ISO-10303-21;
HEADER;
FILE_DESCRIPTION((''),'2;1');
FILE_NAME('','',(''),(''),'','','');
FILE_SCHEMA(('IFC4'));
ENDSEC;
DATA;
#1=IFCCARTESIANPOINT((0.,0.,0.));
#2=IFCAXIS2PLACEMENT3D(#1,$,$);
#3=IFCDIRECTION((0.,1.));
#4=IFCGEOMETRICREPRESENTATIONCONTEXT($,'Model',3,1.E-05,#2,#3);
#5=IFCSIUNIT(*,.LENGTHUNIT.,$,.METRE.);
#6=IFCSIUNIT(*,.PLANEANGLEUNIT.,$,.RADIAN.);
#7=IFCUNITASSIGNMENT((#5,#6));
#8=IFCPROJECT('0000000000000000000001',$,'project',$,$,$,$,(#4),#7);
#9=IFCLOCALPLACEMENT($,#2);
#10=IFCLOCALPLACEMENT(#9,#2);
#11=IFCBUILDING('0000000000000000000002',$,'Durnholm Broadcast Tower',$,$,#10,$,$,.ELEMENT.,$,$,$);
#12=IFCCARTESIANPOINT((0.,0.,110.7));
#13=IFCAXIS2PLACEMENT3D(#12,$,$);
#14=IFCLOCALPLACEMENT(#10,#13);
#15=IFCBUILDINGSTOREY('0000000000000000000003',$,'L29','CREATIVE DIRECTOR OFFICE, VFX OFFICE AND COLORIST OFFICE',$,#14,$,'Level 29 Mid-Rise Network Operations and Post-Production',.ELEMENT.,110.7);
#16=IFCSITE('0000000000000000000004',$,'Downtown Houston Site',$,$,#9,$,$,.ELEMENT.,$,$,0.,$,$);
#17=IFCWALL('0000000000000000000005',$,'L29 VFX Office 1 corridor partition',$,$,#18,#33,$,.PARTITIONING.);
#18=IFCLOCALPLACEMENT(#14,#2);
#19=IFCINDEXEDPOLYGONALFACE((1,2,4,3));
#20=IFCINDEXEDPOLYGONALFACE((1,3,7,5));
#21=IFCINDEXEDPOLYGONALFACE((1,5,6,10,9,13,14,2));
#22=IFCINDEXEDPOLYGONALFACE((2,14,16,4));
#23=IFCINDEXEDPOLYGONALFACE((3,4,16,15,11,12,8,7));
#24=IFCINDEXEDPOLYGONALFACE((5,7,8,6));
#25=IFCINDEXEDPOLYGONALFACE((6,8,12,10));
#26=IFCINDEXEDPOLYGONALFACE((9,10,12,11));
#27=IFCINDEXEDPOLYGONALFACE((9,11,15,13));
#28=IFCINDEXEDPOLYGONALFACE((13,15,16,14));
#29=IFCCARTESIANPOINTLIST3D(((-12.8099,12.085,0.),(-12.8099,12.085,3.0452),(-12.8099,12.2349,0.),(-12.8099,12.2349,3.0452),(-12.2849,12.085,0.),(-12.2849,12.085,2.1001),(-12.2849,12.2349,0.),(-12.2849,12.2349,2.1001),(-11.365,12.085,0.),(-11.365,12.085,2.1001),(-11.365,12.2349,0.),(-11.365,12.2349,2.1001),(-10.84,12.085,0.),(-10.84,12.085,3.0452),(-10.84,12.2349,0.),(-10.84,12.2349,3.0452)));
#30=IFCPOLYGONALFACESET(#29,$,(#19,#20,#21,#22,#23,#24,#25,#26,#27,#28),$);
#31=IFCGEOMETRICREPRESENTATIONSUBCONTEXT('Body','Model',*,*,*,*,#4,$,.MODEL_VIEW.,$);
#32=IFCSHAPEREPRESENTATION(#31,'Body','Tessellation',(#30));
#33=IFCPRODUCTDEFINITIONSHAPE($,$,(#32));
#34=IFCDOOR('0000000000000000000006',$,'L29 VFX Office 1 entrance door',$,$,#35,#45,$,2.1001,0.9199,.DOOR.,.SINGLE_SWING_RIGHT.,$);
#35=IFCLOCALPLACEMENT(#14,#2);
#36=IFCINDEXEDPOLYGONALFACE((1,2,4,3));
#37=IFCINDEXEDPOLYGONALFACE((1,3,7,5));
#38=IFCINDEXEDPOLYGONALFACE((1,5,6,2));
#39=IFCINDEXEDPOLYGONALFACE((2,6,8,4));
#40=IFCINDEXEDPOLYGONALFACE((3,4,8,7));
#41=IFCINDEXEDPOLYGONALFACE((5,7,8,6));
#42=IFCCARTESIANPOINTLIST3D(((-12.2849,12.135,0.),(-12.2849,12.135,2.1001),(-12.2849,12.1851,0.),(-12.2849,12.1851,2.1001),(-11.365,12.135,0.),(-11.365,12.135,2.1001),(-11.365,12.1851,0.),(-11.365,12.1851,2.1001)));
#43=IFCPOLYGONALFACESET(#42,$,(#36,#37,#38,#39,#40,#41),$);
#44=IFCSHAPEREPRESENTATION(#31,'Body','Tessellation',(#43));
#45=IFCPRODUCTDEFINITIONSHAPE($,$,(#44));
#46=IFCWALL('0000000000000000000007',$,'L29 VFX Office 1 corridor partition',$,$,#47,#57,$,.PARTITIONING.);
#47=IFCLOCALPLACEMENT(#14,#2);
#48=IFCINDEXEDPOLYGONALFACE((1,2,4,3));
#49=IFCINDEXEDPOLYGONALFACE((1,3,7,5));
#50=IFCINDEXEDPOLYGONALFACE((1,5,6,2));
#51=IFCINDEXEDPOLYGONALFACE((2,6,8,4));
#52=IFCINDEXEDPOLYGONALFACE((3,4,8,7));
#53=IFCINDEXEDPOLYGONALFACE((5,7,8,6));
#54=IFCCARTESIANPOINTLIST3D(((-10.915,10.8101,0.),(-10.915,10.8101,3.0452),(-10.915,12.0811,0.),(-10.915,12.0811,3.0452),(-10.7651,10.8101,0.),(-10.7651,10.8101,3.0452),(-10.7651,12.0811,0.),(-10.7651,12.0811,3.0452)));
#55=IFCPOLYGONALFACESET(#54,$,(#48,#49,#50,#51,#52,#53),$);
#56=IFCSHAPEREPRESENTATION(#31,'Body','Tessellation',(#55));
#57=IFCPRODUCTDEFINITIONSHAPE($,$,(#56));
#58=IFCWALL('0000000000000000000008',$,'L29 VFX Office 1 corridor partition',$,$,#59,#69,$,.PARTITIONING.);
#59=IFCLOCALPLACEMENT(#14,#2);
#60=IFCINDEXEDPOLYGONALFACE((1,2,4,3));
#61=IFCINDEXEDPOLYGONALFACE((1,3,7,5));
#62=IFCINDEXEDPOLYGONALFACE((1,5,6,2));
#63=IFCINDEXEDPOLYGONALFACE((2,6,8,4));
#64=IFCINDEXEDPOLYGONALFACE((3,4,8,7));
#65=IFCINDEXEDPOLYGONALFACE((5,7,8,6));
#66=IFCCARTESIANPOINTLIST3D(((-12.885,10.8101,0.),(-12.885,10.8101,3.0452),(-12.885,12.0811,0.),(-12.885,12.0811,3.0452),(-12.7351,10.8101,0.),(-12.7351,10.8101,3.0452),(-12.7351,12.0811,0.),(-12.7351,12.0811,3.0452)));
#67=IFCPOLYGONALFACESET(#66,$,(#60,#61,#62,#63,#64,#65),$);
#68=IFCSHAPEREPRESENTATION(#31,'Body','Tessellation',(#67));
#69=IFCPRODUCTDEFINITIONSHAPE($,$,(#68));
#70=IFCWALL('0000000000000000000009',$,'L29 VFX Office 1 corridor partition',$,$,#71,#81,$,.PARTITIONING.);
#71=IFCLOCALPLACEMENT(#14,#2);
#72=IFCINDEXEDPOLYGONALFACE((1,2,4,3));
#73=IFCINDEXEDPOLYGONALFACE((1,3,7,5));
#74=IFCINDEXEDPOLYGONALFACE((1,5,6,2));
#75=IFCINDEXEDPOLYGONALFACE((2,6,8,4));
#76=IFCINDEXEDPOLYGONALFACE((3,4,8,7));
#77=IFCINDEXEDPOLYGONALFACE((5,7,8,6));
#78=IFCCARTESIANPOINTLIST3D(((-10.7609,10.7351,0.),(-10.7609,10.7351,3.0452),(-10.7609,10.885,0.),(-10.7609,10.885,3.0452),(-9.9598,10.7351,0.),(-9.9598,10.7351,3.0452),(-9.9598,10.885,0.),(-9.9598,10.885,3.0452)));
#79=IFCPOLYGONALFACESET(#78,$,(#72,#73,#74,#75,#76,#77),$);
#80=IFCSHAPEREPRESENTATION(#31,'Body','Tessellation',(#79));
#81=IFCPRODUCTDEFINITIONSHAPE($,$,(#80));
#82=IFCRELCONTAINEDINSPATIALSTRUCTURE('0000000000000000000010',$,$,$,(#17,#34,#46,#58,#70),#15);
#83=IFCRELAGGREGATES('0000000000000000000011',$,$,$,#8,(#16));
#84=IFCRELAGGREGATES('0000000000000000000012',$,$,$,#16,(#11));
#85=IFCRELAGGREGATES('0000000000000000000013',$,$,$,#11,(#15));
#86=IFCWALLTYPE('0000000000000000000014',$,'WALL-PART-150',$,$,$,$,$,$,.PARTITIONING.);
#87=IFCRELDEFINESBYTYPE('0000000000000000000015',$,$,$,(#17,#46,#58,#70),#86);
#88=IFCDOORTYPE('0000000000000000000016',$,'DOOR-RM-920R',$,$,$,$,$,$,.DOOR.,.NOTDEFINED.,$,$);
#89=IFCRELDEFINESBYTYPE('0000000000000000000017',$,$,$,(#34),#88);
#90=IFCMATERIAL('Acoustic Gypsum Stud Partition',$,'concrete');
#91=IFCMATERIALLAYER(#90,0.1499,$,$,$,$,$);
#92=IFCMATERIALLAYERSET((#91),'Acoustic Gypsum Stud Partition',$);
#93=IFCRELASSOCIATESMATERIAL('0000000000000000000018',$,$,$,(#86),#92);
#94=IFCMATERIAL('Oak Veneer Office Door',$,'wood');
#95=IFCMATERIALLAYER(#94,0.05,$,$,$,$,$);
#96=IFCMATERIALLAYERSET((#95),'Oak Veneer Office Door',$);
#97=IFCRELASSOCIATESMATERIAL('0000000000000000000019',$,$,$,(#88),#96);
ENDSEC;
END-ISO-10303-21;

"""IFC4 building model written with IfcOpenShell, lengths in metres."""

from ifc_helpers import new_model, si_unit, direction, frame, frame_2d, origin, place, context, subcontext, project, spatial, rectangle, extrude, source, transform, mapped, material, layer, layer_set, type_object, type_shapes, element, fill, save


model = new_model("IFC4")

# Units and contexts
model_context = context("Model", 3, precision=1e-05, world=origin(), true_north=direction((0.0, 1.0)))
body_context = subcontext(model_context, "Body", "Model", "MODEL_VIEW")
ifc_project = project(units=[si_unit("LENGTHUNIT", "METRE"), si_unit("PLANEANGLEUNIT", "RADIAN")], contexts=[model_context])

# Site, building, storey
site_placement = place(None, origin())
site = spatial("IfcSite", under=ifc_project, at=site_placement, Name="Downtown Houston Site", CompositionType="ELEMENT", RefElevation=0.0)
building_placement = place(site_placement, origin())
building = spatial("IfcBuilding", under=site, at=building_placement, Name="Durnholm Broadcast Tower", CompositionType="ELEMENT")
storey_placement = place(building_placement, frame((0.0, 0.0, 110.7)))
storey = spatial("IfcBuildingStorey", under=building, at=storey_placement, Name="L29", Description="CREATIVE DIRECTOR OFFICE, VFX OFFICE AND COLORIST OFFICE", LongName="Level 29 Mid-Rise Network Operations and Post-Production", CompositionType="ELEMENT", Elevation=110.7)

# Wall, opening, door
ifc_material_1 = material(Name="Acoustic Gypsum Stud Partition", Category="concrete")
ifc_layer_1 = layer(ifc_material_1, 0.1499)
ifc_layer_set_1 = layer_set([ifc_layer_1], Name="Acoustic Gypsum Stud Partition")
wall_type_1 = type_object("IfcWallType", Name="WALL-PART-150", PredefinedType="PARTITIONING", material=ifc_layer_set_1)
wall_1_placement = place(storey_placement, frame((-10.8401, 12.1599, 0.0), z_axis=(0.0, 0.0, 1.0), x_axis=(-1.0, 0.0, 0.0)))
wall_1 = element("IfcWall", 1, at=wall_1_placement, inside=storey, type_object=wall_type_1, Name="L29 VFX Office 1 corridor partition", PredefinedType="PARTITIONING", context=body_context, shape_type="SweptSolid", body=[
    extrude(rectangle(XDim=1.97, YDim=0.1499, at=frame_2d((0.9849, 0.0))), origin(), (0.0, 0.0, 1.0), 3.0452),
])
opening_placement = place(wall_1_placement, frame((0.5249, 0.0, 0.0)))
opening = element("IfcOpeningElement", 2, at=opening_placement, cuts=wall_1, PredefinedType="OPENING", context=body_context, shape_type="SweptSolid", body=[
    extrude(rectangle(XDim=0.9199, YDim=2.1001, at=frame_2d((0.46, 1.05))), frame((0.0, 0.085, 0.0), z_axis=(0.0, -1.0, 0.0), x_axis=(1.0, 0.0, 0.0)), (0.0, 0.0, 1.0), 0.1699),
])
ifc_material_2 = material(Name="Oak Veneer Office Door", Category="wood")
ifc_layer_2 = layer(ifc_material_2, 0.05)
ifc_layer_set_2 = layer_set([ifc_layer_2], Name="Oak Veneer Office Door")
door_type = type_object("IfcDoorType", Name="DOOR-RM-920R", OperationType="NOTDEFINED", PredefinedType="DOOR", material=ifc_layer_set_2)
shared_shape_1 = source(origin(), body_context, "Body", "SweptSolid", [
    extrude(rectangle(XDim=0.9199, YDim=2.1001, at=frame_2d((0.46, 1.05))), frame((0.0, 0.0249, 0.0), z_axis=(0.0, -1.0, 0.0), x_axis=(1.0, 0.0, 0.0)), (0.0, 0.0, 1.0), 0.05),
])
type_shapes(door_type, [shared_shape_1])
door_placement = place(opening_placement, origin())
door = element("IfcDoor", 3, at=door_placement, inside=storey, type_object=door_type, Name="L29 VFX Office 1 entrance door", OperationType="SINGLE_SWING_RIGHT", OverallHeight=2.1001, OverallWidth=0.9199, PredefinedType="DOOR", context=body_context, shape_type="MappedRepresentation", body=[
    mapped(shared_shape_1, transform((0.0, 0.0, 0.0), x_axis=(1.0, 0.0, 0.0), y_axis=(0.0, 1.0, 0.0), z_axis=(0.0, 0.0, 1.0), scale=1.0)),
])
fill(opening, door)

# Walls
for number, where, z_axis, x_axis, name in (
    (4, (-10.8401, 10.8101, 0.0), (0.0, 0.0, 1.0), (0.0, 1.0, 0.0), "L29 VFX Office 1 corridor partition"),
    (5, (-12.8101, 12.0811, 0.0), (0.0, 0.0, 1.0), (0.0, -1.0, 0.0), "L29 VFX Office 1 corridor partition"),
):
    element("IfcWall", number, at=place(storey_placement, frame(where, z_axis=z_axis, x_axis=x_axis)), inside=storey, type_object=wall_type_1, Name=name, PredefinedType="PARTITIONING", context=body_context, shape_type="SweptSolid", body=[
        extrude(rectangle(XDim=1.271, YDim=0.1499, at=frame_2d((0.6355, 0.0))), origin(), (0.0, 0.0, 1.0), 3.0452),
    ])
wall_2_placement = place(storey_placement, frame((-9.96, 10.8101, 0.0), z_axis=(0.0, 0.0, 1.0), x_axis=(-1.0, 0.0, 0.0)))
element("IfcWall", 6, at=wall_2_placement, inside=storey, type_object=wall_type_1, Name="L29 VFX Office 1 corridor partition", PredefinedType="PARTITIONING", context=body_context, shape_type="SweptSolid", body=[
    extrude(rectangle(XDim=0.801, YDim=0.1499, at=frame_2d((0.4004, 0.0))), origin(), (0.0, 0.0, 1.0), 3.0452),
])

save(model, "model.ifc")
